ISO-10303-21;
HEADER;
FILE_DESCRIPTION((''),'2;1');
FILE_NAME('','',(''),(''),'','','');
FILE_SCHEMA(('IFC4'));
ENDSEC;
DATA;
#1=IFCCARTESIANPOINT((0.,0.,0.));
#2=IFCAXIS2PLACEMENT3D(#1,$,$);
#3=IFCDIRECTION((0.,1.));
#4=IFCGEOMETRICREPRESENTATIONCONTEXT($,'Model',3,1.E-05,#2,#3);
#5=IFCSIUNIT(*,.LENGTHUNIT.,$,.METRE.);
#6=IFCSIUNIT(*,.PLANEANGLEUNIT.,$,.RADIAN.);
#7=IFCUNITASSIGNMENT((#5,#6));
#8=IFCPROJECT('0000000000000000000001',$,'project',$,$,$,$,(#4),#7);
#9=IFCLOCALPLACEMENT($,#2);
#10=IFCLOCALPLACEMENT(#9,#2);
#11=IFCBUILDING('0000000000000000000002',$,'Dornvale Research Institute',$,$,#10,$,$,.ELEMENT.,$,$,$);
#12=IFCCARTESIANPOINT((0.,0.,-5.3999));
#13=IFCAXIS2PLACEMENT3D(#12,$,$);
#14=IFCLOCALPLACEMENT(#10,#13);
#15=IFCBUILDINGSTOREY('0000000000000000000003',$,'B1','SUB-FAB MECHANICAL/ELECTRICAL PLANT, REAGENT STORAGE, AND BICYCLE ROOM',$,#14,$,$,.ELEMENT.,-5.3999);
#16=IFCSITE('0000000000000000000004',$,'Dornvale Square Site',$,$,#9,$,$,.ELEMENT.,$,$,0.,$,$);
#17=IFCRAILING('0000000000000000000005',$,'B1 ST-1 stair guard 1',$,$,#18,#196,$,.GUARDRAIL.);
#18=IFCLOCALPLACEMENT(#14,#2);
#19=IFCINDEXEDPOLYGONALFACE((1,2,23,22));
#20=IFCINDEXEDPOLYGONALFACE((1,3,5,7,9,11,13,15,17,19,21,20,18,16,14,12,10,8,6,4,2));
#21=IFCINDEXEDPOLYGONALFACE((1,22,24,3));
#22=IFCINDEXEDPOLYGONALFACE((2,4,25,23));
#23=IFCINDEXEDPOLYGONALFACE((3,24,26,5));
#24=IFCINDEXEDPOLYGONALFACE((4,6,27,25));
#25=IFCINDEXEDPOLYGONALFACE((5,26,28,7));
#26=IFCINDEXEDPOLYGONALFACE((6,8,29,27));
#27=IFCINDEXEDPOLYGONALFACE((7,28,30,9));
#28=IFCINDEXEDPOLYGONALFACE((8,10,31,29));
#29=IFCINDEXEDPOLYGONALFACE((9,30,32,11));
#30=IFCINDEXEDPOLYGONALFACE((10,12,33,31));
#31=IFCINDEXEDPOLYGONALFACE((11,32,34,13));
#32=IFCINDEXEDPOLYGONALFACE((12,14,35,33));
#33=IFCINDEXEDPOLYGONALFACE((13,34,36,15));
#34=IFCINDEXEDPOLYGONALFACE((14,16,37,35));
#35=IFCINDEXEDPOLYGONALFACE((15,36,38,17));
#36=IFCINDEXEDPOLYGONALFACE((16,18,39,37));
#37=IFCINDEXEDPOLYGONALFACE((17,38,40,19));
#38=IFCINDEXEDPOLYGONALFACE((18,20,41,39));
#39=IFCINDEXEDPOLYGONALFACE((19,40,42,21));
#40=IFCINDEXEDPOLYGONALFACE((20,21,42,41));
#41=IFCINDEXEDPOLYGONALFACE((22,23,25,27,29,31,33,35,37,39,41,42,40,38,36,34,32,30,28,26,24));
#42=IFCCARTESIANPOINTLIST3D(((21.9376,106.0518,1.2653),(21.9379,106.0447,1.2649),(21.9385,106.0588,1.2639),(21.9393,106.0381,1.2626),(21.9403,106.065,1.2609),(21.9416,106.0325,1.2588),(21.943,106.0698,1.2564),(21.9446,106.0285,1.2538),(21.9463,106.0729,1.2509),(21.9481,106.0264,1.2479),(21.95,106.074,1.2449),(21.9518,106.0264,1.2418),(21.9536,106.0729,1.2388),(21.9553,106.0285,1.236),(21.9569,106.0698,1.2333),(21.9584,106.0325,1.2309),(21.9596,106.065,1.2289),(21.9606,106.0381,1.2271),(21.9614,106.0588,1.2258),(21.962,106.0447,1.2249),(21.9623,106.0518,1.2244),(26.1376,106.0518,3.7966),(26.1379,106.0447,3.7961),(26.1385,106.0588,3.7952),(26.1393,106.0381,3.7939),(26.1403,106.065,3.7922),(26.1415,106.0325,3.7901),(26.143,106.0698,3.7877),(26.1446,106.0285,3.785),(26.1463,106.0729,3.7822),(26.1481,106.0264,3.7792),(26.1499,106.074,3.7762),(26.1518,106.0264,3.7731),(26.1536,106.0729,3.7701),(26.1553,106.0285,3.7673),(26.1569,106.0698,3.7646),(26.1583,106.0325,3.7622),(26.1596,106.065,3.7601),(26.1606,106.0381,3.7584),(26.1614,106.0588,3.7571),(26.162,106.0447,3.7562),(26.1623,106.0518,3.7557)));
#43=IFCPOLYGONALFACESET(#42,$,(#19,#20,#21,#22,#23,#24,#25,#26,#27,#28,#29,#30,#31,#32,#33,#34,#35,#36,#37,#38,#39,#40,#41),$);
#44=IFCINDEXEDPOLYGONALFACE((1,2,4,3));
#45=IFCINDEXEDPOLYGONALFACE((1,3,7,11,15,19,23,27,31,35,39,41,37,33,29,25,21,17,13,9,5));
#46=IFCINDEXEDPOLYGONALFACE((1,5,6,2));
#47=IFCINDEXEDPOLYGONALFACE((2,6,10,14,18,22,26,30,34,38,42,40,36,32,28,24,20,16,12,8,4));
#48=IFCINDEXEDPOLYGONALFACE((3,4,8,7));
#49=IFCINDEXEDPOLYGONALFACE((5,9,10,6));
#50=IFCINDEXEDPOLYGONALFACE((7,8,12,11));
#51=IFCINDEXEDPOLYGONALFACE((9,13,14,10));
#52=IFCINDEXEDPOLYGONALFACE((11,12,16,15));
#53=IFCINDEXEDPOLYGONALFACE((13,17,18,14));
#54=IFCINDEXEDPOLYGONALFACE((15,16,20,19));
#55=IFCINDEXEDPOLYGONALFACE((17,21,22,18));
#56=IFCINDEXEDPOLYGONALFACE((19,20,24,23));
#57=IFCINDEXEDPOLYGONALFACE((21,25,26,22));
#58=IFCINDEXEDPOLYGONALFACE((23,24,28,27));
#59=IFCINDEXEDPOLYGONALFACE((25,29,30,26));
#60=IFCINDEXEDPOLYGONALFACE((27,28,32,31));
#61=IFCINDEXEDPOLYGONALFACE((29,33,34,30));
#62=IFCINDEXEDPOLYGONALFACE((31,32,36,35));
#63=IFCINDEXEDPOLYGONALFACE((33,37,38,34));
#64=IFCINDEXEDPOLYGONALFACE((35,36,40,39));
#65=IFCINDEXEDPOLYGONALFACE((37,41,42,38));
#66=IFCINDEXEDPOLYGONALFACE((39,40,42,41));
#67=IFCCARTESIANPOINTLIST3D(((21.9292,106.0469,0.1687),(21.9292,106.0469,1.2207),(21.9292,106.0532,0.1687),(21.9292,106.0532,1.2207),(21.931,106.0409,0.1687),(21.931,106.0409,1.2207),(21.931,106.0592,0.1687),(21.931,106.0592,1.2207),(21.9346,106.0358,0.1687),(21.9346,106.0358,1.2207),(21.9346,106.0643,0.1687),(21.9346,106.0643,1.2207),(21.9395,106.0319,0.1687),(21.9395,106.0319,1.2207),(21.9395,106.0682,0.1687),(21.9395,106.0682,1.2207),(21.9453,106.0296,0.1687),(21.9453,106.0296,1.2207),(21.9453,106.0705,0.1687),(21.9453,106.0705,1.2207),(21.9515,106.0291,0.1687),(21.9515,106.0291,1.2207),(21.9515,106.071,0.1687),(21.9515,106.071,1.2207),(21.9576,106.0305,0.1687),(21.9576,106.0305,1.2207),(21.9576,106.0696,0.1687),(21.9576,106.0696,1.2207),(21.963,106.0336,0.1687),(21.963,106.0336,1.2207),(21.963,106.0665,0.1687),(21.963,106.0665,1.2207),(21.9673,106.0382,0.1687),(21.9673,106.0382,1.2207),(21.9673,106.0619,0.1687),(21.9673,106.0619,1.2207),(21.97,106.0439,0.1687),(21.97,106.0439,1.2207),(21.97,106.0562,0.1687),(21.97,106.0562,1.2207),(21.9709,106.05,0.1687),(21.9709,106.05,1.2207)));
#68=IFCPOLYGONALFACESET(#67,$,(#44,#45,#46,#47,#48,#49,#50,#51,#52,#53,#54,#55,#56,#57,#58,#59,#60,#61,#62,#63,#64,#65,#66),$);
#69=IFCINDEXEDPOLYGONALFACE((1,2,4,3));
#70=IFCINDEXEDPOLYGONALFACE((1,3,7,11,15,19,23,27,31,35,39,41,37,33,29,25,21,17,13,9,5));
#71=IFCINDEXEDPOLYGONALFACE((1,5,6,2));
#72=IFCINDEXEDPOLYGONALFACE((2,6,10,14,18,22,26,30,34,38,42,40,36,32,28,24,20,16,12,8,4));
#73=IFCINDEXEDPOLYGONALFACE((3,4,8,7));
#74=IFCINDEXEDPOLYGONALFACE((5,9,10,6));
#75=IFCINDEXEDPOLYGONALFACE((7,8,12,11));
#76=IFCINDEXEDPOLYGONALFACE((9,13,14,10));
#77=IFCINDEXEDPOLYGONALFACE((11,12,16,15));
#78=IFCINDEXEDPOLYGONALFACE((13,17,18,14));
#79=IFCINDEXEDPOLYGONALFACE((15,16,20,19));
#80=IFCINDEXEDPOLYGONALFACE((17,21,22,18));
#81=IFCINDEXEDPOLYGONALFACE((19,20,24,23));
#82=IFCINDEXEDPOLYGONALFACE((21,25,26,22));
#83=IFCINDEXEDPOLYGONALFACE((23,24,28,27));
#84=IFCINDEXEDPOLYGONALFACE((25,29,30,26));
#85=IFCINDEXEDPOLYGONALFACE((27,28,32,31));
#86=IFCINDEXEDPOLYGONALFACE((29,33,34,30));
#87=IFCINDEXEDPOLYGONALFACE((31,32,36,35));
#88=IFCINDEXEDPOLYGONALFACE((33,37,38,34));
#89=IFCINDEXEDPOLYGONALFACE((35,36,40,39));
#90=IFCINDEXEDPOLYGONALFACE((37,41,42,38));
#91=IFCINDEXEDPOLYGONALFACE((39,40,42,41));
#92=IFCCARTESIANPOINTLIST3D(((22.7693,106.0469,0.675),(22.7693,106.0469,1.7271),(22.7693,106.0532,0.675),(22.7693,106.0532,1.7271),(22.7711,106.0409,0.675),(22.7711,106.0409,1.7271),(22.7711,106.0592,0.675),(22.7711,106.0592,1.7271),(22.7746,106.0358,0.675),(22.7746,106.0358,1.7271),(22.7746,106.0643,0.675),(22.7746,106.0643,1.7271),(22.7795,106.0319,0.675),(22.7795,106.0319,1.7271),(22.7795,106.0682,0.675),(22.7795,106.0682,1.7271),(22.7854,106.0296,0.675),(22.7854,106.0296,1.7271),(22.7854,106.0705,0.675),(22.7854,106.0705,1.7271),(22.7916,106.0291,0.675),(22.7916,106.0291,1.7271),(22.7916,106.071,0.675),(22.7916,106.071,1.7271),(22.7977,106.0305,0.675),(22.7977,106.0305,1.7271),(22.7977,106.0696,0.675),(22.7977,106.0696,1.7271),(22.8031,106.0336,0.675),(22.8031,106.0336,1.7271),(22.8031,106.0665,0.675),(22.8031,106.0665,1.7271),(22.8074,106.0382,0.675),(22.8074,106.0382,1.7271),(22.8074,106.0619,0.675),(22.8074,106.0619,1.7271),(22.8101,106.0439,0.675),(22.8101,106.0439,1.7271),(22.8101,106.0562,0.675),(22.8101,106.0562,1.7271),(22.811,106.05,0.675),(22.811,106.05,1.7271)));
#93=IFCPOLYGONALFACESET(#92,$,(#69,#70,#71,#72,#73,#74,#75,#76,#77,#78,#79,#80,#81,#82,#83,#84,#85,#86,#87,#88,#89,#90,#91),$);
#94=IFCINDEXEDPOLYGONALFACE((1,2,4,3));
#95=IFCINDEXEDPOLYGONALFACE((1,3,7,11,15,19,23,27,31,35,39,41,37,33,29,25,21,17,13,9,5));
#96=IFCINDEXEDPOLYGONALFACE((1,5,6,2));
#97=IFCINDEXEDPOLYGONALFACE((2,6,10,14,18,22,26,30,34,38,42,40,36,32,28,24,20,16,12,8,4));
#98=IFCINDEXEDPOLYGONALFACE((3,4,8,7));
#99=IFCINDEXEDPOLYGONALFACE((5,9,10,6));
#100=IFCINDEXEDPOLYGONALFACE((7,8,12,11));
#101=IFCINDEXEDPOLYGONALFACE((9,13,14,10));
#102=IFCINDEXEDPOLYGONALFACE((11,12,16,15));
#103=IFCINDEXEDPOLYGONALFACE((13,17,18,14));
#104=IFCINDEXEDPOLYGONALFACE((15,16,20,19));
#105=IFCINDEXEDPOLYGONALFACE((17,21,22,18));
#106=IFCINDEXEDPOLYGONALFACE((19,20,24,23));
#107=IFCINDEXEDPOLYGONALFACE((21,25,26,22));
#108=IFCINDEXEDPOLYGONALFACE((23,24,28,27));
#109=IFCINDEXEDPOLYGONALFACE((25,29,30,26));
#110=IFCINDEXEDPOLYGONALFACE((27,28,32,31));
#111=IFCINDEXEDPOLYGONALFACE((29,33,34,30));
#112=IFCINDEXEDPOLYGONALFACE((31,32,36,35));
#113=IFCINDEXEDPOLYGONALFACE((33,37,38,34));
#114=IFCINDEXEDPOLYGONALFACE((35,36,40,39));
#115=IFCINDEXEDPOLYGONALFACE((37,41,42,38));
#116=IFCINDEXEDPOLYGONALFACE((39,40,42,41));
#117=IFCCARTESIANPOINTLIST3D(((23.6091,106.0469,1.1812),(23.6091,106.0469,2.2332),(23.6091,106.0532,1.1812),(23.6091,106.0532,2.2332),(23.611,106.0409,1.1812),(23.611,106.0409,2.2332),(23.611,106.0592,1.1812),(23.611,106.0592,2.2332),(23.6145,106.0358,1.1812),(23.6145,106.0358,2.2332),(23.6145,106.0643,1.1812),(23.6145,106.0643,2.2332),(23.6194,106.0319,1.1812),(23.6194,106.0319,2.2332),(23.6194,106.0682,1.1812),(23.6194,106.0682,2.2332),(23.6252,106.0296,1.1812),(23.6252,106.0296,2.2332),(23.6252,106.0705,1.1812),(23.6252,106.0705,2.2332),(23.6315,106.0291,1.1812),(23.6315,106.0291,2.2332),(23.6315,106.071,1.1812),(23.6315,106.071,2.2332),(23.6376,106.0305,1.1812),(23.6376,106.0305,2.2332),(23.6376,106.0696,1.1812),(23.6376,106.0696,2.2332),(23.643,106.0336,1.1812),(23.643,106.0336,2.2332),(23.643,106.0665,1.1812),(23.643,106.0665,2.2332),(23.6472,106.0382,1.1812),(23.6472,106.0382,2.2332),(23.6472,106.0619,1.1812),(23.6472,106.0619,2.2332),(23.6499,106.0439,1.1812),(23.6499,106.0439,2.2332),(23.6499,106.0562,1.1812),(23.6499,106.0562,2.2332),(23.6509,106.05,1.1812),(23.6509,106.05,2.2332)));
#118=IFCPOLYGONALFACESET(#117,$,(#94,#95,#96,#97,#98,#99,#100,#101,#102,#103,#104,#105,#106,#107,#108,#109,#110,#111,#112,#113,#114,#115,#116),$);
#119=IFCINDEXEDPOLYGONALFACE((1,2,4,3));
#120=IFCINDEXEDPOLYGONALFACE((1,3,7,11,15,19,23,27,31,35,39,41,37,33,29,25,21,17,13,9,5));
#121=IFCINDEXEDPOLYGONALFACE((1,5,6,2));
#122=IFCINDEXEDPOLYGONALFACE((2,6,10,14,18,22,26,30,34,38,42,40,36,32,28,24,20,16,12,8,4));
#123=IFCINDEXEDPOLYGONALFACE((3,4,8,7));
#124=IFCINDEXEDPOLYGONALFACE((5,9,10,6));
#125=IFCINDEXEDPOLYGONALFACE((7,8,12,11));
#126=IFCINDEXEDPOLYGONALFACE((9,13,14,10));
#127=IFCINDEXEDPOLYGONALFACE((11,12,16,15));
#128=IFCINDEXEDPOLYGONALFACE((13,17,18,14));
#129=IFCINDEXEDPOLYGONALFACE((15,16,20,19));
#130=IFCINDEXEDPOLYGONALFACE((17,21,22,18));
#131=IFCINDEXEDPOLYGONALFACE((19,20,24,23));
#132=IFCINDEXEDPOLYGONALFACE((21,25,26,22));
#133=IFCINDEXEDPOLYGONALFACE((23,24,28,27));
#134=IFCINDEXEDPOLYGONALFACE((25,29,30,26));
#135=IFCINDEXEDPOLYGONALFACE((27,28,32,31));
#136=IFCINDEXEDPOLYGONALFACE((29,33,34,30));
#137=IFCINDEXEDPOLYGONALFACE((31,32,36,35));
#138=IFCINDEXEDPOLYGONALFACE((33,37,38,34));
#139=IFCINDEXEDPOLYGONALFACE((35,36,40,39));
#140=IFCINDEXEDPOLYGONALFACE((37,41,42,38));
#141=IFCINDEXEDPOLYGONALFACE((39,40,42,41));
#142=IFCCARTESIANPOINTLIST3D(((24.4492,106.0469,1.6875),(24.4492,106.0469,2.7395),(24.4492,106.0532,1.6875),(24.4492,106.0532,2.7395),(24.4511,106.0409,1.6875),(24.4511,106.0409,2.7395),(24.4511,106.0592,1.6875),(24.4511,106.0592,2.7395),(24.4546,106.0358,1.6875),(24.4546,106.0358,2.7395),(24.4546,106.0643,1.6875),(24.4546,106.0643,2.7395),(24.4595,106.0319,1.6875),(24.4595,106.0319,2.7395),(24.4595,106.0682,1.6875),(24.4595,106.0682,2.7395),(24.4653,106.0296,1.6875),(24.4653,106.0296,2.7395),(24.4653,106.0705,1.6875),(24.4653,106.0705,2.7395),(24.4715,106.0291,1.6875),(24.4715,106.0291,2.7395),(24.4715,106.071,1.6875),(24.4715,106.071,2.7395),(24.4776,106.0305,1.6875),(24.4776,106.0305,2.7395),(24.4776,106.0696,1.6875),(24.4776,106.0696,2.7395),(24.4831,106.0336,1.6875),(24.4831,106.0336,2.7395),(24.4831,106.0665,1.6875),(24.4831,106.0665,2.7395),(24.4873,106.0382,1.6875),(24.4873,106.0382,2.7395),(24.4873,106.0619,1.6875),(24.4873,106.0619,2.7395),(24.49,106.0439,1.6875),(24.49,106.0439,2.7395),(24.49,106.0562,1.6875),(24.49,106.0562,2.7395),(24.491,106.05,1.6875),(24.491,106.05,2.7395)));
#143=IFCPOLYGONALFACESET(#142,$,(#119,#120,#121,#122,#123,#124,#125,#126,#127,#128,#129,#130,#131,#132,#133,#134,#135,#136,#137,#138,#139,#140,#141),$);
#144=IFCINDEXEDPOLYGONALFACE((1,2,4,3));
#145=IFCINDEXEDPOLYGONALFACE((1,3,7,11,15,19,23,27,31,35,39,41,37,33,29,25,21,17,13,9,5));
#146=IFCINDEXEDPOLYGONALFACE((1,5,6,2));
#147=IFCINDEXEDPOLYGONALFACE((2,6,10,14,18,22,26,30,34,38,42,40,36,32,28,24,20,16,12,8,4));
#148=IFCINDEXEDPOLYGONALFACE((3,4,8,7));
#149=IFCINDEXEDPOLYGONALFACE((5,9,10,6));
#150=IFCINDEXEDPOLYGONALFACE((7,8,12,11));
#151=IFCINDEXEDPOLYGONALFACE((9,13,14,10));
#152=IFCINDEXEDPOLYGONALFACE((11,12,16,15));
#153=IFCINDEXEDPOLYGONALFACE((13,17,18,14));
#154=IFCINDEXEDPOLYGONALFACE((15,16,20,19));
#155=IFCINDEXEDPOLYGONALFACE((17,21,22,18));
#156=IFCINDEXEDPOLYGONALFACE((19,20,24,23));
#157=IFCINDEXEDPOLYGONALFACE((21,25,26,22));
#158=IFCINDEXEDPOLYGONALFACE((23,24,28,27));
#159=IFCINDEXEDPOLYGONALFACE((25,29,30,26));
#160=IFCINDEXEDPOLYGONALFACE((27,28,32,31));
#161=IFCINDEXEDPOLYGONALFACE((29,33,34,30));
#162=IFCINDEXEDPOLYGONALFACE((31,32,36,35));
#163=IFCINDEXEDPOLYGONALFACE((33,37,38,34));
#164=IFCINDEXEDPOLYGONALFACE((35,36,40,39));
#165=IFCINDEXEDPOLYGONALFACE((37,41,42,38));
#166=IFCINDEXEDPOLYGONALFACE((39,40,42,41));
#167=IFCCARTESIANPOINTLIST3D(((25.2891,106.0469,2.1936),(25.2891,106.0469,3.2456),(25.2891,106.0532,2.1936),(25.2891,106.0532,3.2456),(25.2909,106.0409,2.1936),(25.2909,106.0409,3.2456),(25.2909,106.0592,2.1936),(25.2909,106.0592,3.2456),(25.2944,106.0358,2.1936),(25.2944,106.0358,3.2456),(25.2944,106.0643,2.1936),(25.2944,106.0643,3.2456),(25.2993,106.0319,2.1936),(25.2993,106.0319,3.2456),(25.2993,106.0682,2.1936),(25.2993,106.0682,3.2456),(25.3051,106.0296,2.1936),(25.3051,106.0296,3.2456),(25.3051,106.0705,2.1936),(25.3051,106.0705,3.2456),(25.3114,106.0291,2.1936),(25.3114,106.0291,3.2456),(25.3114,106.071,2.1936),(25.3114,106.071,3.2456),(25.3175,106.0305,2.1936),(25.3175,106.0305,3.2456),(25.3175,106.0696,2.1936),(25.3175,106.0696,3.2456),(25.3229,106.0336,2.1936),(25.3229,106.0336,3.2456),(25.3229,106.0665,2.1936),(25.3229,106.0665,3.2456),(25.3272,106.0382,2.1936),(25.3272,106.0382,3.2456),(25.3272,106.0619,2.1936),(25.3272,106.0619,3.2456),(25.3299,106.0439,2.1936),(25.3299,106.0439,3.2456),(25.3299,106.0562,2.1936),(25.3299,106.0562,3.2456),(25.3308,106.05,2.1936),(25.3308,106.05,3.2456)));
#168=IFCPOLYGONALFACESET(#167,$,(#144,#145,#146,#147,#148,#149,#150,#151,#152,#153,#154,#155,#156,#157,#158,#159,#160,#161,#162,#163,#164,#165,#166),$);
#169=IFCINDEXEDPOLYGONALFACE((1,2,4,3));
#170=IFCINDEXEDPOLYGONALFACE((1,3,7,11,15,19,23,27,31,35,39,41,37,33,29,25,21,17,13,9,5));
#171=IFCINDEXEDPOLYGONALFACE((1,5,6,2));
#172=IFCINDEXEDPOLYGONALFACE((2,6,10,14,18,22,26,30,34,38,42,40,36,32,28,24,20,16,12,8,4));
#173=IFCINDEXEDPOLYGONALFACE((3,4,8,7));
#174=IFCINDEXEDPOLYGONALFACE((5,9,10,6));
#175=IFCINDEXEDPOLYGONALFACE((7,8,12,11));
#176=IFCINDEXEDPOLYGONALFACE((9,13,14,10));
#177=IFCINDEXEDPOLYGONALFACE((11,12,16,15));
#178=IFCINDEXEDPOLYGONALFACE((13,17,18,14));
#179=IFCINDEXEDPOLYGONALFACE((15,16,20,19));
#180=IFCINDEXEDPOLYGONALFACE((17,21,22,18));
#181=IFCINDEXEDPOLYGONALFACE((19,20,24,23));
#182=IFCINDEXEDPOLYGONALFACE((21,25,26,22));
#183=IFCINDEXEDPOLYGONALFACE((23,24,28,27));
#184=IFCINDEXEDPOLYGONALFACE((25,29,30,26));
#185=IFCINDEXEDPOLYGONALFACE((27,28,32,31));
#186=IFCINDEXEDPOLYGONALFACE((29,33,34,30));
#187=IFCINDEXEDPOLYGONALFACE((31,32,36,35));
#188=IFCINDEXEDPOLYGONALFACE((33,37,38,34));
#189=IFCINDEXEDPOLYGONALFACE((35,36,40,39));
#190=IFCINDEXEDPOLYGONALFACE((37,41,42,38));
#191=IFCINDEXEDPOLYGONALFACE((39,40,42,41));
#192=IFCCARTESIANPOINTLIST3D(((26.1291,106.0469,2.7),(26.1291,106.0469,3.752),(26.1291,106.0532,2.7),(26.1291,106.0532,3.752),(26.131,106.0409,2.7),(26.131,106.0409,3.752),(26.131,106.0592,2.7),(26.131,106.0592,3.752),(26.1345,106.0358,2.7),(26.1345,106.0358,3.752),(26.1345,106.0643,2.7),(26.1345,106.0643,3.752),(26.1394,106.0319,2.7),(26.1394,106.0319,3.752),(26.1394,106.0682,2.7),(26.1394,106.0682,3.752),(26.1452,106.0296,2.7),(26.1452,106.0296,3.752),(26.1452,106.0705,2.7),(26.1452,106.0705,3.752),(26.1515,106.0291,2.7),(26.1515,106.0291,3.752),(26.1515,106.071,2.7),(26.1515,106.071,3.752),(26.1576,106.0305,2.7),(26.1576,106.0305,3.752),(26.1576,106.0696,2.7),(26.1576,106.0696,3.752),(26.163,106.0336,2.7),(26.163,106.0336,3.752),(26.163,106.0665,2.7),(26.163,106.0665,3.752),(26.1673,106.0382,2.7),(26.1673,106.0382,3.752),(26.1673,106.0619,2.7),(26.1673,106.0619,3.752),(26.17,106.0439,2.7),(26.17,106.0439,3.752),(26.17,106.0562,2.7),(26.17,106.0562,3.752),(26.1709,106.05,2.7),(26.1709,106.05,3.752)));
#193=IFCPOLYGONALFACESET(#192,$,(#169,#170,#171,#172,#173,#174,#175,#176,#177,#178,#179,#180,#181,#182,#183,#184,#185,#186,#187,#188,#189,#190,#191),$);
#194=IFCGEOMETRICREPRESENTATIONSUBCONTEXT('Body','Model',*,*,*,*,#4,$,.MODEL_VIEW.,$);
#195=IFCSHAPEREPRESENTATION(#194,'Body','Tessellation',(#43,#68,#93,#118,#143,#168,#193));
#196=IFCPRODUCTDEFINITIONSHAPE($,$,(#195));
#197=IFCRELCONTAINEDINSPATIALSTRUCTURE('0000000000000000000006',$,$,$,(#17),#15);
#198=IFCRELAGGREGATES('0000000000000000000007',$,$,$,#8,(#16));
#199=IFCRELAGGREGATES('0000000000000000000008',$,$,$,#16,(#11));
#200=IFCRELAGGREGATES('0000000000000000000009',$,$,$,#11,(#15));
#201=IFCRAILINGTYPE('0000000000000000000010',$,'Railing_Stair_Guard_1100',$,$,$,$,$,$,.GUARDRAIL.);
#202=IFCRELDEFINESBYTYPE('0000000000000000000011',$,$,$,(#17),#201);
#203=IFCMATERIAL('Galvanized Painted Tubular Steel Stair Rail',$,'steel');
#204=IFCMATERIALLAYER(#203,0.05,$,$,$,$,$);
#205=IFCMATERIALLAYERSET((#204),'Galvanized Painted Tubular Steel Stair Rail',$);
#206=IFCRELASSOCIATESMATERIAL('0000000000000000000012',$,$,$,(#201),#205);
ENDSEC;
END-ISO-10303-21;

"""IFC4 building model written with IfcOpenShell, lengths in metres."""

from ifc_helpers import new_model, si_unit, direction, frame, origin, origin_2d, place, context, subcontext, project, spatial, circle, extrude, material, layer, layer_set, type_object, element, save


model = new_model("IFC4")

# Units and contexts
model_context = context("Model", 3, precision=1e-05, world=origin(), true_north=direction((0.0, 1.0)))
body_context = subcontext(model_context, "Body", "Model", "MODEL_VIEW")
ifc_project = project(units=[si_unit("LENGTHUNIT", "METRE"), si_unit("PLANEANGLEUNIT", "RADIAN")], contexts=[model_context])

# Site, building, storey
site_placement = place(None, origin())
site = spatial("IfcSite", under=ifc_project, at=site_placement, Name="Dornvale Square Site", CompositionType="ELEMENT", RefElevation=0.0)
building_placement = place(site_placement, origin())
building = spatial("IfcBuilding", under=site, at=building_placement, Name="Dornvale Research Institute", CompositionType="ELEMENT")
storey_placement = place(building_placement, frame((0.0, 0.0, -5.3999)))
storey = spatial("IfcBuildingStorey", under=building, at=storey_placement, Name="B1", Description="SUB-FAB MECHANICAL/ELECTRICAL PLANT, REAGENT STORAGE, AND BICYCLE ROOM", CompositionType="ELEMENT", Elevation=-5.3999)

# Railing
ifc_material_1 = material(Name="Galvanized Painted Tubular Steel Stair Rail", Category="steel")
ifc_layer_1 = layer(ifc_material_1, 0.05)
ifc_layer_set_1 = layer_set([ifc_layer_1], Name="Galvanized Painted Tubular Steel Stair Rail")
railing_type_1 = type_object("IfcRailingType", Name="Railing_Stair_Guard_1100", PredefinedType="GUARDRAIL", material=ifc_layer_set_1)
railing_1_placement = place(storey_placement, frame((21.95, 106.05, 0.1687)))
element("IfcRailing", 1, at=railing_1_placement, inside=storey, type_object=railing_type_1, Name="B1 ST-1 stair guard 1", PredefinedType="GUARDRAIL", context=body_context, shape_type="SweptSolid", body=[
    extrude(circle(Radius=0.0239, at=origin_2d()), frame((0.0, 0.0, 1.0762), z_axis=(0.856476, 0.0, 0.516186), x_axis=(0.0, 1.0, 0.0)), (0.0, 0.0, 1.0), 4.9038),
    extrude(circle(Radius=0.021, at=origin_2d()), origin(), (0.0, 0.0, 1.0), 1.052),
    extrude(circle(Radius=0.021, at=origin_2d()), frame((0.8401, 0.0, 0.5063)), (0.0, 0.0, 1.0), 1.052),
    extrude(circle(Radius=0.021, at=origin_2d()), frame((1.6799, 0.0, 1.0125)), (0.0, 0.0, 1.0), 1.052),
    extrude(circle(Radius=0.021, at=origin_2d()), frame((2.52, 0.0, 1.5188)), (0.0, 0.0, 1.0), 1.052),
    extrude(circle(Radius=0.021, at=origin_2d()), frame((3.3599, 0.0, 2.0249)), (0.0, 0.0, 1.0), 1.052),
    extrude(circle(Radius=0.021, at=origin_2d()), frame((4.2, 0.0, 2.5312)), (0.0, 0.0, 1.0), 1.052),
])

save(model, "model.ifc")
